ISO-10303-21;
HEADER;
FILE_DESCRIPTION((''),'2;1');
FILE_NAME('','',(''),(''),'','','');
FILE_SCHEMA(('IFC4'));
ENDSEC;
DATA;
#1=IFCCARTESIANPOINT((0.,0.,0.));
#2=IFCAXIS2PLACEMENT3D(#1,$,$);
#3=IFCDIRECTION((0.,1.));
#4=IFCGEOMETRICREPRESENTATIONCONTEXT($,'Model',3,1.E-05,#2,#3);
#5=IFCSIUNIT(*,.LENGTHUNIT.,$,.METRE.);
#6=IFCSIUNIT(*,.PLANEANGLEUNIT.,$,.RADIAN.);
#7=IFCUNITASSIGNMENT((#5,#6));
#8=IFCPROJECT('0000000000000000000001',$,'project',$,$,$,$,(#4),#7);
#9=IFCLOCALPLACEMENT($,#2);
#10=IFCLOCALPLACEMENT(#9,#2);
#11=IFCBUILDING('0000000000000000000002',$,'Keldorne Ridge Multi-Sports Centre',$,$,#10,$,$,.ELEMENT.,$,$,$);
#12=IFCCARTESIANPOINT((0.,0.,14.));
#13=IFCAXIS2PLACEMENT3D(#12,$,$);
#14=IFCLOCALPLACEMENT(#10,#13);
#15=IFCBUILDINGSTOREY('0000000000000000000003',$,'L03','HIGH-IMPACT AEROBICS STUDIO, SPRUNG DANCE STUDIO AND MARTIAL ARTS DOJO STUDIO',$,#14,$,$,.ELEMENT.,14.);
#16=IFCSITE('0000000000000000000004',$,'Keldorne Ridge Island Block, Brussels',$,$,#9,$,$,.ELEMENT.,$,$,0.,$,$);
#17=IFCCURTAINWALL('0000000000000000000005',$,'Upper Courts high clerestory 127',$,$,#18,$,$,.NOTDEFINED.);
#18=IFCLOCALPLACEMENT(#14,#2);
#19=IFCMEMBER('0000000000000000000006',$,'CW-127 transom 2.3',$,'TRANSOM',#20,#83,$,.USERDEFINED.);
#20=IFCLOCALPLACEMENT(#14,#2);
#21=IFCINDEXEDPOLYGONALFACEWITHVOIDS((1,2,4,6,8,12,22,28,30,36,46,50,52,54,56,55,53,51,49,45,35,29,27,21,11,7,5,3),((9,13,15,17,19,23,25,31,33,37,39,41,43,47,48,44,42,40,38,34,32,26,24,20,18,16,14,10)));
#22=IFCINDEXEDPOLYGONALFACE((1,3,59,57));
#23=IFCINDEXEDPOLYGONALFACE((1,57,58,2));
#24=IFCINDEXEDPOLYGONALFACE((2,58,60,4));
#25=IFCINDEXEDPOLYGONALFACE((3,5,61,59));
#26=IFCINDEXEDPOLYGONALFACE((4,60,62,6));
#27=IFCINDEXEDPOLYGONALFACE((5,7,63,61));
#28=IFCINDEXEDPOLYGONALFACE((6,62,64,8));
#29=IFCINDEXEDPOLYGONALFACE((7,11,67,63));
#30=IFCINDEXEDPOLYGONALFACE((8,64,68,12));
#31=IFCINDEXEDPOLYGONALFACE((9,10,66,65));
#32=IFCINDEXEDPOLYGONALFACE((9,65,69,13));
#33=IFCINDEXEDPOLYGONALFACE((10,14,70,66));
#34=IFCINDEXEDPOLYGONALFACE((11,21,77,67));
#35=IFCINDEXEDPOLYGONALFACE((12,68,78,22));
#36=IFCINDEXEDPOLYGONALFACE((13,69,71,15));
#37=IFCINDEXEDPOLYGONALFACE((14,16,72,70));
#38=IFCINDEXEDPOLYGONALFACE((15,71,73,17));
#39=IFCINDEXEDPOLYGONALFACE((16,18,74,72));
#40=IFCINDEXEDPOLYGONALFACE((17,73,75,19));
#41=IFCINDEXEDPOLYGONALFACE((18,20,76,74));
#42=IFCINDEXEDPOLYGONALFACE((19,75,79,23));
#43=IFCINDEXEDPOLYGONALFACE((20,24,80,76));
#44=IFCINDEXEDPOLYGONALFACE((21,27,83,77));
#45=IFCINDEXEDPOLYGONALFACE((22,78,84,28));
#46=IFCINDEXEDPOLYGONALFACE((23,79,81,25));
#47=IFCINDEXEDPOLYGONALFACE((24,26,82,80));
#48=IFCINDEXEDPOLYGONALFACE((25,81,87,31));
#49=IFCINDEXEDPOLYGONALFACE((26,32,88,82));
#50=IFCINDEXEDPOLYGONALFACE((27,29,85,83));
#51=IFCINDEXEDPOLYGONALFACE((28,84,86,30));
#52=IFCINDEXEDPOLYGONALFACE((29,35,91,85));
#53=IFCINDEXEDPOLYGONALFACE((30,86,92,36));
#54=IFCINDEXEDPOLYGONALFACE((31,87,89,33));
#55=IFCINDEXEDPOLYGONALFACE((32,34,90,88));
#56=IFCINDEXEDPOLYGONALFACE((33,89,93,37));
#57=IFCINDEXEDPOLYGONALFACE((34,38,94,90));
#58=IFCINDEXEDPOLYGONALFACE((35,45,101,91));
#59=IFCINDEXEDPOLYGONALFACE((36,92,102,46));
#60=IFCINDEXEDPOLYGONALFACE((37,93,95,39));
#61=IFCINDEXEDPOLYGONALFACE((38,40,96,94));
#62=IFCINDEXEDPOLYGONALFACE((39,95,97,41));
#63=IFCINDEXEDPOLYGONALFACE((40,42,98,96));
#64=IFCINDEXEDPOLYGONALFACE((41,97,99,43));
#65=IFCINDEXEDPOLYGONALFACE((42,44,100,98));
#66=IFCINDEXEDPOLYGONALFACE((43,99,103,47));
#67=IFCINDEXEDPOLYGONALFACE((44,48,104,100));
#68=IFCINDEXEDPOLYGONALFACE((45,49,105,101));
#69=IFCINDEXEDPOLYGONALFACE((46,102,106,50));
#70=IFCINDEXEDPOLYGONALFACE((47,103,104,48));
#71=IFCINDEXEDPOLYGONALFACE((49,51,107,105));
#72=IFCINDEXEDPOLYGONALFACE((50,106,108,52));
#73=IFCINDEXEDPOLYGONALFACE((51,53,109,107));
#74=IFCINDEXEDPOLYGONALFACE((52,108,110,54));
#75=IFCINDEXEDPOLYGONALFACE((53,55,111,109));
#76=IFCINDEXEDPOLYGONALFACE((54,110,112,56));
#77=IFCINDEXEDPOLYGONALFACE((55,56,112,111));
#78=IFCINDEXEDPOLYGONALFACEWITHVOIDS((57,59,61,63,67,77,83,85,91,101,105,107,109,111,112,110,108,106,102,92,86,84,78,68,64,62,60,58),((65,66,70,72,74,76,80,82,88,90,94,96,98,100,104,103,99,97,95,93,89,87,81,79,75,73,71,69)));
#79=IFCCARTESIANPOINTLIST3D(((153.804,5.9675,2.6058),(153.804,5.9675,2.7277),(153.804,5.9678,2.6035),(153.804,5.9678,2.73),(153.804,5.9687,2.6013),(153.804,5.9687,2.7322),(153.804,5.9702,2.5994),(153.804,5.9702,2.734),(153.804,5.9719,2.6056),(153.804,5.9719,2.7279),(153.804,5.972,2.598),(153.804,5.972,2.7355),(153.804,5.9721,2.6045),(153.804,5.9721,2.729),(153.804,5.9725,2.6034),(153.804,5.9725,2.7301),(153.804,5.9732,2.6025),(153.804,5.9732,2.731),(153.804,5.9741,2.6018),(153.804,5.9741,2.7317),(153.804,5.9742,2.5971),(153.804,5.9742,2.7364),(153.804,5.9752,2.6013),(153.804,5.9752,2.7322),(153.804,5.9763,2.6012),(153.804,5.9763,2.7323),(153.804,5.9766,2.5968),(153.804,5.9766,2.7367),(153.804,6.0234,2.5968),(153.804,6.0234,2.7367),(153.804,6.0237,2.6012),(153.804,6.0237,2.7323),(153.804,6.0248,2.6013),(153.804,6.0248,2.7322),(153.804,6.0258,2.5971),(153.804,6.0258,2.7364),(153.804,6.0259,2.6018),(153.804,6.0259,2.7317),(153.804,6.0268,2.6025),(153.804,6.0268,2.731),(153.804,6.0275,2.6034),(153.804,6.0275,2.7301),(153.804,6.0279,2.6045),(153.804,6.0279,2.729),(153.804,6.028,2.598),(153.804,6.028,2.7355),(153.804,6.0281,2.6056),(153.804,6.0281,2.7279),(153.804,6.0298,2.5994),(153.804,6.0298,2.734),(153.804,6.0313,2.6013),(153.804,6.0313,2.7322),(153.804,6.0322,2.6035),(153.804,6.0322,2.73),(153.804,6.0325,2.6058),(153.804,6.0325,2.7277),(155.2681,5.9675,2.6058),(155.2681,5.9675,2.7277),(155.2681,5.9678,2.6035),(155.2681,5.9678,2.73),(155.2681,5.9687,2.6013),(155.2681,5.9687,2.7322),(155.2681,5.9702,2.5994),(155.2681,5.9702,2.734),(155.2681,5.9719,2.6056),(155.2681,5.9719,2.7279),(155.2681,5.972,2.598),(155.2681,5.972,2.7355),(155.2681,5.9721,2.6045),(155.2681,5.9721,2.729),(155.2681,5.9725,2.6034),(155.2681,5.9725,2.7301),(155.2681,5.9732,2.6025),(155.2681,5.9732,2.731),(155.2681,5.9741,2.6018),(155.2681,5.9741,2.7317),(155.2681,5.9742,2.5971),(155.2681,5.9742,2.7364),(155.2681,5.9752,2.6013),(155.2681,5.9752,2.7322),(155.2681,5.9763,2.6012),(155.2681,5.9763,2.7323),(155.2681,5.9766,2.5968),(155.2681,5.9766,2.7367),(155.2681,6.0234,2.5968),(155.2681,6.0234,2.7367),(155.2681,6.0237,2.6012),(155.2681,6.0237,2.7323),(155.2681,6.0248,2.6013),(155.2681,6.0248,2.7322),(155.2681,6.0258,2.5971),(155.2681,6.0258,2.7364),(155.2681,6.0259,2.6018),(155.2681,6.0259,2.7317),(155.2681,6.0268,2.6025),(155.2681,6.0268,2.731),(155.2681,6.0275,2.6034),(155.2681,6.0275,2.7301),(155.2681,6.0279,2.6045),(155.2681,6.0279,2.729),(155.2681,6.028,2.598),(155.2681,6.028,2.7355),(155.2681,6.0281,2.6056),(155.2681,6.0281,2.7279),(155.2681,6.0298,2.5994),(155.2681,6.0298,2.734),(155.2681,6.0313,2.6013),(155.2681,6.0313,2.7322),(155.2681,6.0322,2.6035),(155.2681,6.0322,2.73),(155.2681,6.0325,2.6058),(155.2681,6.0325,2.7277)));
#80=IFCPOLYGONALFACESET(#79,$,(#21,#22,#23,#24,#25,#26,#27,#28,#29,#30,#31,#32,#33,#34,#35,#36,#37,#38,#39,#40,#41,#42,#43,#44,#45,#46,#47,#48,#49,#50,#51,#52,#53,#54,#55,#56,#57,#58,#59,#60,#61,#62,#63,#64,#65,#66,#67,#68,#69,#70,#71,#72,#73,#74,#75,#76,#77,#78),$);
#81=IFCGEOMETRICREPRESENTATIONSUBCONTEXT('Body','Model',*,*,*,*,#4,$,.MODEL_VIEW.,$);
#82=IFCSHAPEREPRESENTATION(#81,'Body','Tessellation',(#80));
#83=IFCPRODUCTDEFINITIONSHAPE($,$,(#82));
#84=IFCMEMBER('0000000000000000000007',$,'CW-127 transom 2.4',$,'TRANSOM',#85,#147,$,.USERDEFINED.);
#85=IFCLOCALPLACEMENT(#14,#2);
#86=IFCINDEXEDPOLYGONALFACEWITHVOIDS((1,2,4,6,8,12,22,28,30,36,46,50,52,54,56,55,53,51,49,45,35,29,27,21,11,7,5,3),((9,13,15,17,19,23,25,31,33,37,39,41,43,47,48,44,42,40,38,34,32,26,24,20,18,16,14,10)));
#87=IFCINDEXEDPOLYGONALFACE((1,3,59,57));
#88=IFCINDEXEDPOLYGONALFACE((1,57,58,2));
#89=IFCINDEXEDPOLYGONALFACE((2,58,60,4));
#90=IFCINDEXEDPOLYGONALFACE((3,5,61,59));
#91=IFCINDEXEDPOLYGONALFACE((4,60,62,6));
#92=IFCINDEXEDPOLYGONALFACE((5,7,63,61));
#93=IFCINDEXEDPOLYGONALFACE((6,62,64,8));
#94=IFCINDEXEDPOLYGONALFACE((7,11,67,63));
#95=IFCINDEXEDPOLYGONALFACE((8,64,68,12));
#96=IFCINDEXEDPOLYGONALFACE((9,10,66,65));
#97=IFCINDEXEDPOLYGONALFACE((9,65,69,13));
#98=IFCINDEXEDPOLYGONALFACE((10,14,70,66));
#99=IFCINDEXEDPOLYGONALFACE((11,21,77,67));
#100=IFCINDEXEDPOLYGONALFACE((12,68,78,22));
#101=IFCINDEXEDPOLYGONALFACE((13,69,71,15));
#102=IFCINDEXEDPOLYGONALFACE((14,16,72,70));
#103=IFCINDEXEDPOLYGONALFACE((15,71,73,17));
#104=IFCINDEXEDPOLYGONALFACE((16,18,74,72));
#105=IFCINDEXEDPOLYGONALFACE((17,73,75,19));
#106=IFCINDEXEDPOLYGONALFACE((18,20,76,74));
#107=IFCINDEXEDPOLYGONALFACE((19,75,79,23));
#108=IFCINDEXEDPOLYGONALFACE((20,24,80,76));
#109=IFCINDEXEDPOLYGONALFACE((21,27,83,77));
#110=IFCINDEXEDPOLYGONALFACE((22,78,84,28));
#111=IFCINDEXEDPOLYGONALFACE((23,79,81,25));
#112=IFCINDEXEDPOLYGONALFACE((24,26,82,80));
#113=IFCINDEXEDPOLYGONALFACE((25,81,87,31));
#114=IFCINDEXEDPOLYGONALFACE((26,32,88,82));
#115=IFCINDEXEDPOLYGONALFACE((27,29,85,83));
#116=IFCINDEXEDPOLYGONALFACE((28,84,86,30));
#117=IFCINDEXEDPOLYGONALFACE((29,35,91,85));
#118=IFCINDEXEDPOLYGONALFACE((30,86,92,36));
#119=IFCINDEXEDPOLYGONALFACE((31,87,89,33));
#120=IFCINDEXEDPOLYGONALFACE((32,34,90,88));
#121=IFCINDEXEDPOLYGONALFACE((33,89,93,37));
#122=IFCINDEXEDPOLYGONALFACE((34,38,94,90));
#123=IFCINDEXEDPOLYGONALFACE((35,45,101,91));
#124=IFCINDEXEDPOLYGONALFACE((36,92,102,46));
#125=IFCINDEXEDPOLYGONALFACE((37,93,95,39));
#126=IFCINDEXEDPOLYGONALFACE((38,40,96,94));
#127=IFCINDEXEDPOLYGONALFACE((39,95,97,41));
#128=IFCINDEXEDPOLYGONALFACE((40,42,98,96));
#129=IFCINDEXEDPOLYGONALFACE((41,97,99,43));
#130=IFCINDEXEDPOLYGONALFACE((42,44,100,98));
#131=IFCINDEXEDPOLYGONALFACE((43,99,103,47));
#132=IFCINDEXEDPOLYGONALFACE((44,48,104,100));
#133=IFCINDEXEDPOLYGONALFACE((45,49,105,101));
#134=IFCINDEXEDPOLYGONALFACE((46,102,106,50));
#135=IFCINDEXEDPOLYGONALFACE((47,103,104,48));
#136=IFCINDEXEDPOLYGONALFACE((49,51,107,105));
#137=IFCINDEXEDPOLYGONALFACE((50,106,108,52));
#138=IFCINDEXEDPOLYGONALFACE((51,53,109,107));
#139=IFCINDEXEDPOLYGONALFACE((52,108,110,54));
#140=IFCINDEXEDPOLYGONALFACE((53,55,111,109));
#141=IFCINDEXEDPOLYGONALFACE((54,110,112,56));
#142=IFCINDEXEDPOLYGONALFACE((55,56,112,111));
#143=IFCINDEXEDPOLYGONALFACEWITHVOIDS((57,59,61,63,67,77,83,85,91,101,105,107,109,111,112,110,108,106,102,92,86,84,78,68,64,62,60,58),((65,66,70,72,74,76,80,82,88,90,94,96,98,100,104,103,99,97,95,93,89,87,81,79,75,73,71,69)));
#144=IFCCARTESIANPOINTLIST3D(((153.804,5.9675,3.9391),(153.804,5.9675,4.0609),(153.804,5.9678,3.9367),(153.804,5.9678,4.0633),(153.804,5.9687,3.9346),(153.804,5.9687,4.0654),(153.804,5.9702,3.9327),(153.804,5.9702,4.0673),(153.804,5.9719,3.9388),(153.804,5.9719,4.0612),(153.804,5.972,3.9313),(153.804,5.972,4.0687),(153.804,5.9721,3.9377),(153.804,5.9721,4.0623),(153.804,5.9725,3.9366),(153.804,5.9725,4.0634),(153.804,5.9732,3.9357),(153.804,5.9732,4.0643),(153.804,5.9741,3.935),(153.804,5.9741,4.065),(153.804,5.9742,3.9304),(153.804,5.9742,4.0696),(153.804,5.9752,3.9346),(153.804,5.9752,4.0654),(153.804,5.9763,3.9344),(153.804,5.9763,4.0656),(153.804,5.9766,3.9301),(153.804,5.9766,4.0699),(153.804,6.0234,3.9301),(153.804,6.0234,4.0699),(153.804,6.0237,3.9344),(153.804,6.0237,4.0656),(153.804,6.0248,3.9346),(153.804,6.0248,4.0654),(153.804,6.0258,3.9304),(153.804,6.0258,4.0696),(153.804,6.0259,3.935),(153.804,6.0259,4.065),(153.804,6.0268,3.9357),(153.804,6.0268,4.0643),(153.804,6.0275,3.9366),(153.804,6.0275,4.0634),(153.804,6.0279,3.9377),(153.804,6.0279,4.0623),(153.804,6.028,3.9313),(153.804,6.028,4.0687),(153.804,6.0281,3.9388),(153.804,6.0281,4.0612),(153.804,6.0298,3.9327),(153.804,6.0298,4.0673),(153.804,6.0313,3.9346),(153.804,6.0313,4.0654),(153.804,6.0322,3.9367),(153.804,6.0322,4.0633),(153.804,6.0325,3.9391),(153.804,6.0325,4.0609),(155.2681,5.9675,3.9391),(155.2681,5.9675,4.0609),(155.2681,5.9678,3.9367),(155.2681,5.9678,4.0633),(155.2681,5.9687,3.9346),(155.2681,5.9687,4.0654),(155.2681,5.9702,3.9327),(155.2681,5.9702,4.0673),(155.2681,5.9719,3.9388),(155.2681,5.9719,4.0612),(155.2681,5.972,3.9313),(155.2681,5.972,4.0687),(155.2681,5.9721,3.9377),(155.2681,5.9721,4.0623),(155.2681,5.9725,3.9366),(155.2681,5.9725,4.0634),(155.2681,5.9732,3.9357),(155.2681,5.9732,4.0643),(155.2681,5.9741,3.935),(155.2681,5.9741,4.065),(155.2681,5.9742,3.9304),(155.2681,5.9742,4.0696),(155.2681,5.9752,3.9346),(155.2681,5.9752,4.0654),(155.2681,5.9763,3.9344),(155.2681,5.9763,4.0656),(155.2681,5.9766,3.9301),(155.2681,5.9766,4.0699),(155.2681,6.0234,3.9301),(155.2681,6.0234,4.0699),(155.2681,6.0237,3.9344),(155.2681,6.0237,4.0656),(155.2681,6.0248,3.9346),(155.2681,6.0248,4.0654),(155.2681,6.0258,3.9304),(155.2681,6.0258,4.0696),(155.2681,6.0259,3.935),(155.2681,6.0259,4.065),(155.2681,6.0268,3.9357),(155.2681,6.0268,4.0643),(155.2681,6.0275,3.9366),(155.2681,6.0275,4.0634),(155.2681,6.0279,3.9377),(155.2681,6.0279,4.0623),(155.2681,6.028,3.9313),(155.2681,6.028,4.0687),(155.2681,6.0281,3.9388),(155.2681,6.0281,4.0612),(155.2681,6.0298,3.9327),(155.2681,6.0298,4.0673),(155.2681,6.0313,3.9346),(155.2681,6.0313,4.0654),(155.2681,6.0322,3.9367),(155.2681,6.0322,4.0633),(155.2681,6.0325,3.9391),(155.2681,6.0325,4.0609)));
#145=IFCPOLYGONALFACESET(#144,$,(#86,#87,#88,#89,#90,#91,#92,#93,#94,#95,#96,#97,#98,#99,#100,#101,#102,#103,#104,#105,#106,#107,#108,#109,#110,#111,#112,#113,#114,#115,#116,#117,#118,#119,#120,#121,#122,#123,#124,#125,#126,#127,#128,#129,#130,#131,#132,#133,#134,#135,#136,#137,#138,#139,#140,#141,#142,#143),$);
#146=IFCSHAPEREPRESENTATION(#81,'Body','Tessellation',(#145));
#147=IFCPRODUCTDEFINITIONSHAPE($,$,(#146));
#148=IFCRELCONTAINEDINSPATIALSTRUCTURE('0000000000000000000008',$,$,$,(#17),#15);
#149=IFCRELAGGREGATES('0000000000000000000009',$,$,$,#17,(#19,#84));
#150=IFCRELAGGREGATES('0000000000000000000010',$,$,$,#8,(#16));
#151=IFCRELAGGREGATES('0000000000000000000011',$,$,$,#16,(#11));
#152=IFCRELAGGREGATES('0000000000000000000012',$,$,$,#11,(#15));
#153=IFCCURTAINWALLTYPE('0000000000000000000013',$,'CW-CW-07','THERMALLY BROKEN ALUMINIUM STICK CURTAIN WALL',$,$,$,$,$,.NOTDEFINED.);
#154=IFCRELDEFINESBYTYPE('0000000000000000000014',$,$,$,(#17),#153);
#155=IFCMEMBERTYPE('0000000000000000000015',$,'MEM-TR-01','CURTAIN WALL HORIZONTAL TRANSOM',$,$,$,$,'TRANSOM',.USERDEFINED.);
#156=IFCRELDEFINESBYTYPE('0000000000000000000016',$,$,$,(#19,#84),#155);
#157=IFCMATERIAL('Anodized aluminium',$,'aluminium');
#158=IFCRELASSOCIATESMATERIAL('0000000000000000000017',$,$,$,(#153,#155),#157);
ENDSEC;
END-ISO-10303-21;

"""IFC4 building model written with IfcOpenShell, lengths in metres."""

from ifc_helpers import new_model, si_unit, direction, frame, origin, origin_2d, place, context, subcontext, project, spatial, hollow_rectangle, extrude, material, material_profile, profile_set, type_object, element, aggregate, save


model = new_model("IFC4")

# Units and contexts
model_context = context("Model", 3, precision=1e-05, world=origin(), true_north=direction((0.0, 1.0)))
body_context = subcontext(model_context, "Body", "Model", "MODEL_VIEW")
ifc_project = project(units=[si_unit("LENGTHUNIT", "METRE"), si_unit("PLANEANGLEUNIT", "RADIAN")], contexts=[model_context])

# Site, building, storey
site_placement = place(None, origin())
site = spatial("IfcSite", under=ifc_project, at=site_placement, Name="Keldorne Ridge Island Block, Brussels", CompositionType="ELEMENT", RefElevation=0.0)
building_placement = place(site_placement, origin())
building = spatial("IfcBuilding", under=site, at=building_placement, Name="Keldorne Ridge Multi-Sports Centre", CompositionType="ELEMENT")
storey_placement = place(building_placement, frame((0.0, 0.0, 14.0)))
storey = spatial("IfcBuildingStorey", under=building, at=storey_placement, Name="L03", Description="HIGH-IMPACT AEROBICS STUDIO, SPRUNG DANCE STUDIO AND MARTIAL ARTS DOJO STUDIO", CompositionType="ELEMENT", Elevation=14.0)

# Curtain wall, members
ifc_material_1 = material(Name="Anodized aluminium", Category="aluminium")
curtain_wall_type = type_object("IfcCurtainWallType", Name="CW-CW-07", Description="THERMALLY BROKEN ALUMINIUM STICK CURTAIN WALL", PredefinedType="NOTDEFINED", material=ifc_material_1)
curtain_wall_placement = place(storey_placement, origin())
curtain_wall = element("IfcCurtainWall", 1, at=curtain_wall_placement, inside=storey, type_object=curtain_wall_type, Name="Upper Courts high clerestory 127", PredefinedType="NOTDEFINED")
ifc_material_profile_1 = material_profile(ifc_material_1, hollow_rectangle(XDim=0.0649, YDim=0.1399, WallThickness=0.0044, InnerFilletRadius=0.0044, OuterFilletRadius=0.009, at=origin_2d()), Name="ALU TRANSOM 140x65x4.5")
ifc_profile_set_1 = profile_set([ifc_material_profile_1], Name="Anodized aluminium")
member_type_1 = type_object("IfcMemberType", Name="MEM-TR-01", Description="CURTAIN WALL HORIZONTAL TRANSOM", ElementType="TRANSOM", PredefinedType="USERDEFINED", material=ifc_profile_set_1)
member_1_placement = place(storey_placement, frame((153.804, 6.0, 2.6667), z_axis=(1.0, 0.0, 0.0), x_axis=(0.0, 1.0, 0.0)))
member_1 = element("IfcMember", 2, at=member_1_placement, type_object=member_type_1, Name="CW-127 transom 2.3", ObjectType="TRANSOM", PredefinedType="USERDEFINED", context=body_context, shape_type="SweptSolid", body=[
    extrude(hollow_rectangle(XDim=0.0649, YDim=0.1399, WallThickness=0.0044, InnerFilletRadius=0.0044, OuterFilletRadius=0.009, at=origin_2d()), origin(), (0.0, 0.0, 1.0), 1.4641),
])
member_2_placement = place(storey_placement, frame((153.804, 6.0, 4.0), z_axis=(1.0, 0.0, 0.0), x_axis=(0.0, 1.0, 0.0)))
member_2 = element("IfcMember", 3, at=member_2_placement, type_object=member_type_1, Name="CW-127 transom 2.4", ObjectType="TRANSOM", PredefinedType="USERDEFINED", context=body_context, shape_type="SweptSolid", body=[
    extrude(hollow_rectangle(XDim=0.0649, YDim=0.1399, WallThickness=0.0044, InnerFilletRadius=0.0044, OuterFilletRadius=0.009, at=origin_2d()), origin(), (0.0, 0.0, 1.0), 1.4641),
])
aggregate(curtain_wall, [member_1, member_2])

save(model, "model.ifc")
